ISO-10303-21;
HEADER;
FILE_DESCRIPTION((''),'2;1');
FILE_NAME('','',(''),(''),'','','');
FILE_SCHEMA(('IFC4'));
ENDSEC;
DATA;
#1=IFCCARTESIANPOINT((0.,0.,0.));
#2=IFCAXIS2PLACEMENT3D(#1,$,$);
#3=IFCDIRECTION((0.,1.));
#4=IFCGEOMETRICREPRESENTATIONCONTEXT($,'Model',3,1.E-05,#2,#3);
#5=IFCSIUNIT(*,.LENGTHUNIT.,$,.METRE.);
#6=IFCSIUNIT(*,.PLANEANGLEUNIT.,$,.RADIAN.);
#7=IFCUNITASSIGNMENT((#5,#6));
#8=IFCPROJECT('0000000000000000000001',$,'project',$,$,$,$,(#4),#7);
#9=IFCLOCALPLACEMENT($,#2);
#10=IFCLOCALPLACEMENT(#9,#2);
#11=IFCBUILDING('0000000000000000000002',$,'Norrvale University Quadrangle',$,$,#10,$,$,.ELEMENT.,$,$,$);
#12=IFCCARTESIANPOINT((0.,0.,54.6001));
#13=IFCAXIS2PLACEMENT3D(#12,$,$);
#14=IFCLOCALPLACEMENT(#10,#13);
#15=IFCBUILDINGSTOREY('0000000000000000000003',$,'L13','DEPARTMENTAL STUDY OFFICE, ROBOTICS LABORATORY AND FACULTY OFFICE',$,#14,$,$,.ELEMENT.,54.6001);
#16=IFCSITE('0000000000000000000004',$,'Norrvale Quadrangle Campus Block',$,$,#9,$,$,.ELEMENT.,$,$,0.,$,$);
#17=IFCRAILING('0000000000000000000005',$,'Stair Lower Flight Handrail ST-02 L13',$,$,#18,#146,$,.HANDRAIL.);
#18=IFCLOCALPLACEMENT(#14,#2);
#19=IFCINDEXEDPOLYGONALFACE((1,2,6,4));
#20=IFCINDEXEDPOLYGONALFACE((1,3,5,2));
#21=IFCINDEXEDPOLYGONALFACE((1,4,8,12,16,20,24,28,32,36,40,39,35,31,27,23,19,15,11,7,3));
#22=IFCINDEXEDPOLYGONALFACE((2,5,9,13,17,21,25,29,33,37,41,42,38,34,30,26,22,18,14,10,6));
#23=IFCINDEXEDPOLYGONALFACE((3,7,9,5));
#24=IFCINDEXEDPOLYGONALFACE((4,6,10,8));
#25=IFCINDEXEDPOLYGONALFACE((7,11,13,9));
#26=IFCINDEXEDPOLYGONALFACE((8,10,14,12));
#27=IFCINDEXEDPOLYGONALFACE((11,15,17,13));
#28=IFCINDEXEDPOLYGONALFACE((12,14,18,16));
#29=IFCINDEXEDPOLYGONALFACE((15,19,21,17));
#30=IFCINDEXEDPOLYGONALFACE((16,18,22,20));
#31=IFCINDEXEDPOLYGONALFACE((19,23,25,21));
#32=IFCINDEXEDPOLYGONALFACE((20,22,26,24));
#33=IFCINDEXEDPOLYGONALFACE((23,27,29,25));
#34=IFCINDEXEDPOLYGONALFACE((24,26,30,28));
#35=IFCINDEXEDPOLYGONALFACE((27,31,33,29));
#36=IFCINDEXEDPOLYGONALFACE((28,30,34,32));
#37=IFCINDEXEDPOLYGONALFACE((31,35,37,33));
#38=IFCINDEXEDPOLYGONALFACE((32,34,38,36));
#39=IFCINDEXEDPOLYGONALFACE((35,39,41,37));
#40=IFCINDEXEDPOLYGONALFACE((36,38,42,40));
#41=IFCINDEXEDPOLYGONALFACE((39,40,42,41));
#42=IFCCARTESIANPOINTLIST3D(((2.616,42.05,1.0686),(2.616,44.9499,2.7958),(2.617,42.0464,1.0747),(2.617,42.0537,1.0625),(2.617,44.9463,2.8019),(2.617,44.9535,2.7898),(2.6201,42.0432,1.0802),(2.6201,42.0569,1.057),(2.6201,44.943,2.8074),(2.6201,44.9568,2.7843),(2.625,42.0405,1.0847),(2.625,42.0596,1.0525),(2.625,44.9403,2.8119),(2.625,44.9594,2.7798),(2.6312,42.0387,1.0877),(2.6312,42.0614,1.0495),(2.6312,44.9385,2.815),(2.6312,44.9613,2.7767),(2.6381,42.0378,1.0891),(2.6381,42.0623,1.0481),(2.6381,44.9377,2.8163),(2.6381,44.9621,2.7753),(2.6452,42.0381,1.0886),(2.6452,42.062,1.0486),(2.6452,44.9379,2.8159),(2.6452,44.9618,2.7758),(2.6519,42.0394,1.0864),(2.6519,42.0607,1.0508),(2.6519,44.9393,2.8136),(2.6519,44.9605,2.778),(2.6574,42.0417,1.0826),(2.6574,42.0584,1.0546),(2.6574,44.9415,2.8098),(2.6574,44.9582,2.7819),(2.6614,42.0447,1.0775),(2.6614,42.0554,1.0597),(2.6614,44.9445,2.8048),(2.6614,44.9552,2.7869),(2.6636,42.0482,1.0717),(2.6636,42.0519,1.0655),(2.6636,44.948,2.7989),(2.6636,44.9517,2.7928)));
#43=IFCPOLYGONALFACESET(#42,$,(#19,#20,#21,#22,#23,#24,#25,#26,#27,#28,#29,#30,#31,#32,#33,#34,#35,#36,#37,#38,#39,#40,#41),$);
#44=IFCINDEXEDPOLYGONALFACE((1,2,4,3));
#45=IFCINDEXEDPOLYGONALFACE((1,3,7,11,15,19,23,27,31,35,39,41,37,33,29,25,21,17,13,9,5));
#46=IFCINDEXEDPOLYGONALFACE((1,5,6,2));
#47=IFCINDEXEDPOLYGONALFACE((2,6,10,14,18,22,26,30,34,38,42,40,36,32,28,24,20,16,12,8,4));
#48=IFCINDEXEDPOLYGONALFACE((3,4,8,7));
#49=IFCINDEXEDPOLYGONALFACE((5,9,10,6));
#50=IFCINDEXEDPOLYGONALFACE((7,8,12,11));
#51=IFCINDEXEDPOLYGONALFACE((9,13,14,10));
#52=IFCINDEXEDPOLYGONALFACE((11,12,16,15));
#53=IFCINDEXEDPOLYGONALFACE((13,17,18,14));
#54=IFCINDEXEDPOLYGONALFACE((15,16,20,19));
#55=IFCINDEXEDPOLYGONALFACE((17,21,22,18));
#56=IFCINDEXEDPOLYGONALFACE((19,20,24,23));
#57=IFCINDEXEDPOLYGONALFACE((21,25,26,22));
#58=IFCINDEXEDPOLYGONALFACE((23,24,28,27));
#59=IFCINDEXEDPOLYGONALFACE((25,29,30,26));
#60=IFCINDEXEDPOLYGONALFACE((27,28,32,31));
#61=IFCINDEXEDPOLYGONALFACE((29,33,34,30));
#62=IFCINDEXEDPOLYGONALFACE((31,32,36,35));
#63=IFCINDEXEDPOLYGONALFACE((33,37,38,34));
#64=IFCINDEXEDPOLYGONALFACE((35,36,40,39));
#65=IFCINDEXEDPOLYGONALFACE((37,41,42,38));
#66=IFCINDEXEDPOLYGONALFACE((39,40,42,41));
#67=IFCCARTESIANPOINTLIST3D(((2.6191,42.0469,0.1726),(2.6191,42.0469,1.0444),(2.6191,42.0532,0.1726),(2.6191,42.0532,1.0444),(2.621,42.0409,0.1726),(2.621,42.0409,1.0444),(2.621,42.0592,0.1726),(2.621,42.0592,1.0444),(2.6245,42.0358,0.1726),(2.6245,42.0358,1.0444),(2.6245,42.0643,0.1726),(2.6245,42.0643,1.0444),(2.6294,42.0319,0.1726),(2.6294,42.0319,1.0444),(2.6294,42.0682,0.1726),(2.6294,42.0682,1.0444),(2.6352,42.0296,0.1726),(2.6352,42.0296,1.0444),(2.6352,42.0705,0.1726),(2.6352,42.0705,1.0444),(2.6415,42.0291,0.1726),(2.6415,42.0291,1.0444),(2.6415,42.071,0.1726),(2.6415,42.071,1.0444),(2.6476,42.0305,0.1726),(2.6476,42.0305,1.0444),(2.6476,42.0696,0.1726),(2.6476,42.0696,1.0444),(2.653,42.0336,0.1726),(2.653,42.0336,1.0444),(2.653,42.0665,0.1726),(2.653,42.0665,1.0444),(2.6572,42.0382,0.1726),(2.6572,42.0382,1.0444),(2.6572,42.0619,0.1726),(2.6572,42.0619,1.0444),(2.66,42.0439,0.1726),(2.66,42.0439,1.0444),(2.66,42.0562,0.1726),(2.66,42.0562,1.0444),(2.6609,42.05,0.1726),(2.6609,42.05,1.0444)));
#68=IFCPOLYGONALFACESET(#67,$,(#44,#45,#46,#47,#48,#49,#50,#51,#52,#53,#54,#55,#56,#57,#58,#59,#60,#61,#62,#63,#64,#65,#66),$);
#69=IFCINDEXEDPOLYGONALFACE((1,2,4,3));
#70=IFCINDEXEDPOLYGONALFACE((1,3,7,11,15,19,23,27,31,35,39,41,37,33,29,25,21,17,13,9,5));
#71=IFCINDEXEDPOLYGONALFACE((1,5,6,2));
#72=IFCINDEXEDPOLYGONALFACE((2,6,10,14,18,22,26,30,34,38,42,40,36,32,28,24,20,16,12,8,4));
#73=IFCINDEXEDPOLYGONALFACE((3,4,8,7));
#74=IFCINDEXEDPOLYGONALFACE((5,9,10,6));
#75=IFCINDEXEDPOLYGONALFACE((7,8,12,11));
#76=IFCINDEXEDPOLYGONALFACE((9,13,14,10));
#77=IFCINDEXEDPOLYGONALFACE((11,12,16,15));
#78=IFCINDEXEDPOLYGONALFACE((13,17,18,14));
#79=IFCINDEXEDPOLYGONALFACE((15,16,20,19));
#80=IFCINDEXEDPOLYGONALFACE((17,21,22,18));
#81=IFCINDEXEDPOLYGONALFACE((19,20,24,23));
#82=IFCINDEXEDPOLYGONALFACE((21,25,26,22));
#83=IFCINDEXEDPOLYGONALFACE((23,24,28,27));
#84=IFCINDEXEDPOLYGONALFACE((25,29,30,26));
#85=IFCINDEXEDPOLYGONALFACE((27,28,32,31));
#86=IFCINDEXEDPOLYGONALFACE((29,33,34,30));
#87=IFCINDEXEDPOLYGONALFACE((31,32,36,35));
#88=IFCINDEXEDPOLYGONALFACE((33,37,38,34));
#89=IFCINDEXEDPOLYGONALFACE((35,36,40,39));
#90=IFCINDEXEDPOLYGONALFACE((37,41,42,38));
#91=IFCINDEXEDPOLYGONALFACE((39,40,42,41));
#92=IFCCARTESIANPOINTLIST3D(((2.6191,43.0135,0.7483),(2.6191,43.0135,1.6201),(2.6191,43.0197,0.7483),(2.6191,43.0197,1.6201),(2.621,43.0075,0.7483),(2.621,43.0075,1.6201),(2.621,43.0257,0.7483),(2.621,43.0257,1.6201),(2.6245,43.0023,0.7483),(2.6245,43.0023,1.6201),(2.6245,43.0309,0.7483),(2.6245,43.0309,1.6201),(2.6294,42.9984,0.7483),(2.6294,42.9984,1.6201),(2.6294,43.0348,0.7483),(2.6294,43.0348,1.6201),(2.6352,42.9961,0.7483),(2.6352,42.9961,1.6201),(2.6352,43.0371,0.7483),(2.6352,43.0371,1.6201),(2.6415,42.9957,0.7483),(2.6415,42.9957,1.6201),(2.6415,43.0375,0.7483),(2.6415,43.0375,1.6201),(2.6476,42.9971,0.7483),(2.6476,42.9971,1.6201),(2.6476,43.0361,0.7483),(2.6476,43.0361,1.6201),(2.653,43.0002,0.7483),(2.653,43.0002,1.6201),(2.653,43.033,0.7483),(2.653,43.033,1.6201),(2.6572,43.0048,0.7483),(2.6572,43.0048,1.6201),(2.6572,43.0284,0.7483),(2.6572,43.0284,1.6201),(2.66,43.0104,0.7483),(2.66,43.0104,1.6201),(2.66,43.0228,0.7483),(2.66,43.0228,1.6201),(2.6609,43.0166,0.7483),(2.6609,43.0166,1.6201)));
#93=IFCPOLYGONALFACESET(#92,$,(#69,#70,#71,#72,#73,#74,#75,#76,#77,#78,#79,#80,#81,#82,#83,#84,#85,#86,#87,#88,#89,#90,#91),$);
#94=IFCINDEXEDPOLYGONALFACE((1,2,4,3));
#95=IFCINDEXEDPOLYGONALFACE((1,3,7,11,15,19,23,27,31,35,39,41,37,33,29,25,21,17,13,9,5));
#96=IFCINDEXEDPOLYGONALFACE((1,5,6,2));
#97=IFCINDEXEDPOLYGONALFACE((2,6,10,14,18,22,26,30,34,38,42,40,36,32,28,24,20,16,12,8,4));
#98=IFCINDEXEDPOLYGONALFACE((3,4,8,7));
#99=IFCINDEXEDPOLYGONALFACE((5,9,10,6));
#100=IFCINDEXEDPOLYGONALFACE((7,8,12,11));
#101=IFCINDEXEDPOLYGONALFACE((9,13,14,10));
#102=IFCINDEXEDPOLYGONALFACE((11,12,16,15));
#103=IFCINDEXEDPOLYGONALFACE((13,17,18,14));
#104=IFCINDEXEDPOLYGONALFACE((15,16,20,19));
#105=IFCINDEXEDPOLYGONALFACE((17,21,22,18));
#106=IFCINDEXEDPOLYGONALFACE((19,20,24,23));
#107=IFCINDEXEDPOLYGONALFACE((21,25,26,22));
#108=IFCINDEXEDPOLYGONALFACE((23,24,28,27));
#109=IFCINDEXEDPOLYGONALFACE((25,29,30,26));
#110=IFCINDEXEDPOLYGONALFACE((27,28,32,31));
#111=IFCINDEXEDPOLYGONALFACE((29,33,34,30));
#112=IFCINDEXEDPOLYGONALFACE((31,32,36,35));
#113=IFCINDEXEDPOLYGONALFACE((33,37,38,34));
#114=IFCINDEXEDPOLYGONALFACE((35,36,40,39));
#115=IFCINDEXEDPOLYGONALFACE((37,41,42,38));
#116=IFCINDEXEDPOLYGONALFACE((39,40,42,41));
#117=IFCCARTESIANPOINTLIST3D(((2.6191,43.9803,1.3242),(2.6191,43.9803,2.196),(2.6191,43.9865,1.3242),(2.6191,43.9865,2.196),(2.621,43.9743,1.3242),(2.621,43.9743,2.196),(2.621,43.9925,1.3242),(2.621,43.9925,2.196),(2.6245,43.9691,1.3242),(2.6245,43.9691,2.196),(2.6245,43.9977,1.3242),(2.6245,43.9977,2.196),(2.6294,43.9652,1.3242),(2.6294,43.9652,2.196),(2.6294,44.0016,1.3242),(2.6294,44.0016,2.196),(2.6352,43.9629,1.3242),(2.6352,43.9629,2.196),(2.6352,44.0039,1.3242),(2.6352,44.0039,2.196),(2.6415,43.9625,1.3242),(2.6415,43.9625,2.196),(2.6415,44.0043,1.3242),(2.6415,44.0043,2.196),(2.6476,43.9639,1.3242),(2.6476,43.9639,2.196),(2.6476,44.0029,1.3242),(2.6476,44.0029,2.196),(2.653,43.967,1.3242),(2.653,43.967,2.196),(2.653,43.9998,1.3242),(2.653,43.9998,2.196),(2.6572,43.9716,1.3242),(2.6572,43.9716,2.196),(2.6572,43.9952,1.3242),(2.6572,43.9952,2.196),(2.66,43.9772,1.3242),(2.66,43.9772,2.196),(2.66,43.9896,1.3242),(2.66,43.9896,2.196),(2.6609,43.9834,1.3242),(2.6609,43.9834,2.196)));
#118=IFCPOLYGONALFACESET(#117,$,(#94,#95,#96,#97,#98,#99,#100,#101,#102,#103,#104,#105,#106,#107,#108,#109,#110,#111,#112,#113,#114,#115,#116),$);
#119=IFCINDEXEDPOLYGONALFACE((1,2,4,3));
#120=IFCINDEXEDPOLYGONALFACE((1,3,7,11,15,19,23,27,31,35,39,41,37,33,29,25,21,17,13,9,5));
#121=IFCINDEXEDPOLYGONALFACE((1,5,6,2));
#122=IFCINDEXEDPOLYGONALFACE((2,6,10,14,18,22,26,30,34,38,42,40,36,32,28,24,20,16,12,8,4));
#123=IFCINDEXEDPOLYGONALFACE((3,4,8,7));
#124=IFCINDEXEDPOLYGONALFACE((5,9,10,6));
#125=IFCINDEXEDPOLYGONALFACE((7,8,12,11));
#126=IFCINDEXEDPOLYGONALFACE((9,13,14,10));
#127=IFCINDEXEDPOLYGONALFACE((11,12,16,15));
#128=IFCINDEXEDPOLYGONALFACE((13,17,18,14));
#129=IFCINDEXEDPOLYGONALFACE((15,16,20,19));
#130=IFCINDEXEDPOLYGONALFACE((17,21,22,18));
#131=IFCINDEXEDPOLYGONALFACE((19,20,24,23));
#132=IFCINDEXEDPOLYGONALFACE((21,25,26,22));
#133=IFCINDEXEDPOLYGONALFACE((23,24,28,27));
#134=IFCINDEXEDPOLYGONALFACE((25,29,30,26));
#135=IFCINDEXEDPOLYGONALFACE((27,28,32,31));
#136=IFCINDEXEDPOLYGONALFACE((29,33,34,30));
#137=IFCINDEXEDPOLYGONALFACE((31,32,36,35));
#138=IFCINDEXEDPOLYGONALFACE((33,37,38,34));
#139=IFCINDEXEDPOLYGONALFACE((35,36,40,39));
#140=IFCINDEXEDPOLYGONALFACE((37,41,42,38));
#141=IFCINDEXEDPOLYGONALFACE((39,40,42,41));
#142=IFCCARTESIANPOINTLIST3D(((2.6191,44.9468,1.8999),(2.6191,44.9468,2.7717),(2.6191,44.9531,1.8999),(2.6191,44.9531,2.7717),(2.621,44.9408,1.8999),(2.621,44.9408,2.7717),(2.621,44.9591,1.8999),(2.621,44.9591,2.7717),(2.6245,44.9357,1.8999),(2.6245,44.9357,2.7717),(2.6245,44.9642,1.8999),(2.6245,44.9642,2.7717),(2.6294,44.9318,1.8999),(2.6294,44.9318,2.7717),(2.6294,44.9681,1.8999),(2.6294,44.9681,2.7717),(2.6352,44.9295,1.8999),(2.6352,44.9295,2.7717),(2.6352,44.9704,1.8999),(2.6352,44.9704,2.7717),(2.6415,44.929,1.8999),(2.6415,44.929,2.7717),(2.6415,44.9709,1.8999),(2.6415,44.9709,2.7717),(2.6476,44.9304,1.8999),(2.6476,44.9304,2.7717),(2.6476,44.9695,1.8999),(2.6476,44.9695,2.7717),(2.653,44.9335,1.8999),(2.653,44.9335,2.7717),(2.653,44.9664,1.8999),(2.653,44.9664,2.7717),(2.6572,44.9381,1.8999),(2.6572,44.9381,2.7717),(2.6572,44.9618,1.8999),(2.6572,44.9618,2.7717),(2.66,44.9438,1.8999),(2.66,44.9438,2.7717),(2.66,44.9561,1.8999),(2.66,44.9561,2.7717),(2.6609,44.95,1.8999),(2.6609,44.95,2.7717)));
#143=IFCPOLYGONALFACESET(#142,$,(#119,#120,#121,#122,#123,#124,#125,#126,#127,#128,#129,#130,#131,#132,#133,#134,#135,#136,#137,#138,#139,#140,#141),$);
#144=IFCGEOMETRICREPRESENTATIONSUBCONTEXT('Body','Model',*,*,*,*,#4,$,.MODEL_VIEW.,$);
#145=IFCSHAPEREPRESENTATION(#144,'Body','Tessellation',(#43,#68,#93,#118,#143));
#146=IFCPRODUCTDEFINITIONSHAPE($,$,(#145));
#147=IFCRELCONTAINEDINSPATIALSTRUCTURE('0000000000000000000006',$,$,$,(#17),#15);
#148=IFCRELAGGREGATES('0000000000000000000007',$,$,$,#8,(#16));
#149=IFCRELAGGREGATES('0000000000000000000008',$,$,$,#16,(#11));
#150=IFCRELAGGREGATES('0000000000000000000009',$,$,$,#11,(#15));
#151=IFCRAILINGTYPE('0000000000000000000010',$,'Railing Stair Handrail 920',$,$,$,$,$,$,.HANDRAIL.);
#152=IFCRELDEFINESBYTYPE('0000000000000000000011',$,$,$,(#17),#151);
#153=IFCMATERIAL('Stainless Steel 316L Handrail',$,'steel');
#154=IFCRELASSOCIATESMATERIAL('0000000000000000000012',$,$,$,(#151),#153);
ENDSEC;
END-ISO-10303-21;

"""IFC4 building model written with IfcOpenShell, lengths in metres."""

from ifc_helpers import new_model, si_unit, direction, frame, origin, origin_2d, place, context, subcontext, project, spatial, circle, extrude, material, type_object, element, save


model = new_model("IFC4")

# Units and contexts
model_context = context("Model", 3, precision=1e-05, world=origin(), true_north=direction((0.0, 1.0)))
body_context = subcontext(model_context, "Body", "Model", "MODEL_VIEW")
ifc_project = project(units=[si_unit("LENGTHUNIT", "METRE"), si_unit("PLANEANGLEUNIT", "RADIAN")], contexts=[model_context])

# Site, building, storey
site_placement = place(None, origin())
site = spatial("IfcSite", under=ifc_project, at=site_placement, Name="Norrvale Quadrangle Campus Block", CompositionType="ELEMENT", RefElevation=0.0)
building_placement = place(site_placement, origin())
building = spatial("IfcBuilding", under=site, at=building_placement, Name="Norrvale University Quadrangle", CompositionType="ELEMENT")
storey_placement = place(building_placement, frame((0.0, 0.0, 54.6001)))
storey = spatial("IfcBuildingStorey", under=building, at=storey_placement, Name="L13", Description="DEPARTMENTAL STUDY OFFICE, ROBOTICS LABORATORY AND FACULTY OFFICE", CompositionType="ELEMENT", Elevation=54.6001)

# Railing
ifc_material_1 = material(Name="Stainless Steel 316L Handrail", Category="steel")
railing_type_1 = type_object("IfcRailingType", Name="Railing Stair Handrail 920", PredefinedType="HANDRAIL", material=ifc_material_1)
railing_1_placement = place(storey_placement, frame((2.6399, 42.05, 0.1726)))
element("IfcRailing", 1, at=railing_1_placement, inside=storey, type_object=railing_type_1, Name="Stair Lower Flight Handrail ST-02 L13", PredefinedType="HANDRAIL", context=body_context, shape_type="SweptSolid", body=[
    extrude(circle(Radius=0.0239, at=origin_2d()), frame((0.0, 0.0, 0.896), z_axis=(0.0, 0.859141, 0.511738), x_axis=(-1.0, 0.0, 0.0)), (0.0, 0.0, 1.0), 3.3752),
    extrude(circle(Radius=0.021, at=origin_2d()), origin(), (0.0, 0.0, 1.0), 0.8718),
    extrude(circle(Radius=0.021, at=origin_2d()), frame((0.0, 0.9666, 0.5757)), (0.0, 0.0, 1.0), 0.8718),
    extrude(circle(Radius=0.021, at=origin_2d()), frame((0.0, 1.9333, 1.1516)), (0.0, 0.0, 1.0), 0.8718),
    extrude(circle(Radius=0.021, at=origin_2d()), frame((0.0, 2.8999, 1.7273)), (0.0, 0.0, 1.0), 0.8718),
])

save(model, "model.ifc")
